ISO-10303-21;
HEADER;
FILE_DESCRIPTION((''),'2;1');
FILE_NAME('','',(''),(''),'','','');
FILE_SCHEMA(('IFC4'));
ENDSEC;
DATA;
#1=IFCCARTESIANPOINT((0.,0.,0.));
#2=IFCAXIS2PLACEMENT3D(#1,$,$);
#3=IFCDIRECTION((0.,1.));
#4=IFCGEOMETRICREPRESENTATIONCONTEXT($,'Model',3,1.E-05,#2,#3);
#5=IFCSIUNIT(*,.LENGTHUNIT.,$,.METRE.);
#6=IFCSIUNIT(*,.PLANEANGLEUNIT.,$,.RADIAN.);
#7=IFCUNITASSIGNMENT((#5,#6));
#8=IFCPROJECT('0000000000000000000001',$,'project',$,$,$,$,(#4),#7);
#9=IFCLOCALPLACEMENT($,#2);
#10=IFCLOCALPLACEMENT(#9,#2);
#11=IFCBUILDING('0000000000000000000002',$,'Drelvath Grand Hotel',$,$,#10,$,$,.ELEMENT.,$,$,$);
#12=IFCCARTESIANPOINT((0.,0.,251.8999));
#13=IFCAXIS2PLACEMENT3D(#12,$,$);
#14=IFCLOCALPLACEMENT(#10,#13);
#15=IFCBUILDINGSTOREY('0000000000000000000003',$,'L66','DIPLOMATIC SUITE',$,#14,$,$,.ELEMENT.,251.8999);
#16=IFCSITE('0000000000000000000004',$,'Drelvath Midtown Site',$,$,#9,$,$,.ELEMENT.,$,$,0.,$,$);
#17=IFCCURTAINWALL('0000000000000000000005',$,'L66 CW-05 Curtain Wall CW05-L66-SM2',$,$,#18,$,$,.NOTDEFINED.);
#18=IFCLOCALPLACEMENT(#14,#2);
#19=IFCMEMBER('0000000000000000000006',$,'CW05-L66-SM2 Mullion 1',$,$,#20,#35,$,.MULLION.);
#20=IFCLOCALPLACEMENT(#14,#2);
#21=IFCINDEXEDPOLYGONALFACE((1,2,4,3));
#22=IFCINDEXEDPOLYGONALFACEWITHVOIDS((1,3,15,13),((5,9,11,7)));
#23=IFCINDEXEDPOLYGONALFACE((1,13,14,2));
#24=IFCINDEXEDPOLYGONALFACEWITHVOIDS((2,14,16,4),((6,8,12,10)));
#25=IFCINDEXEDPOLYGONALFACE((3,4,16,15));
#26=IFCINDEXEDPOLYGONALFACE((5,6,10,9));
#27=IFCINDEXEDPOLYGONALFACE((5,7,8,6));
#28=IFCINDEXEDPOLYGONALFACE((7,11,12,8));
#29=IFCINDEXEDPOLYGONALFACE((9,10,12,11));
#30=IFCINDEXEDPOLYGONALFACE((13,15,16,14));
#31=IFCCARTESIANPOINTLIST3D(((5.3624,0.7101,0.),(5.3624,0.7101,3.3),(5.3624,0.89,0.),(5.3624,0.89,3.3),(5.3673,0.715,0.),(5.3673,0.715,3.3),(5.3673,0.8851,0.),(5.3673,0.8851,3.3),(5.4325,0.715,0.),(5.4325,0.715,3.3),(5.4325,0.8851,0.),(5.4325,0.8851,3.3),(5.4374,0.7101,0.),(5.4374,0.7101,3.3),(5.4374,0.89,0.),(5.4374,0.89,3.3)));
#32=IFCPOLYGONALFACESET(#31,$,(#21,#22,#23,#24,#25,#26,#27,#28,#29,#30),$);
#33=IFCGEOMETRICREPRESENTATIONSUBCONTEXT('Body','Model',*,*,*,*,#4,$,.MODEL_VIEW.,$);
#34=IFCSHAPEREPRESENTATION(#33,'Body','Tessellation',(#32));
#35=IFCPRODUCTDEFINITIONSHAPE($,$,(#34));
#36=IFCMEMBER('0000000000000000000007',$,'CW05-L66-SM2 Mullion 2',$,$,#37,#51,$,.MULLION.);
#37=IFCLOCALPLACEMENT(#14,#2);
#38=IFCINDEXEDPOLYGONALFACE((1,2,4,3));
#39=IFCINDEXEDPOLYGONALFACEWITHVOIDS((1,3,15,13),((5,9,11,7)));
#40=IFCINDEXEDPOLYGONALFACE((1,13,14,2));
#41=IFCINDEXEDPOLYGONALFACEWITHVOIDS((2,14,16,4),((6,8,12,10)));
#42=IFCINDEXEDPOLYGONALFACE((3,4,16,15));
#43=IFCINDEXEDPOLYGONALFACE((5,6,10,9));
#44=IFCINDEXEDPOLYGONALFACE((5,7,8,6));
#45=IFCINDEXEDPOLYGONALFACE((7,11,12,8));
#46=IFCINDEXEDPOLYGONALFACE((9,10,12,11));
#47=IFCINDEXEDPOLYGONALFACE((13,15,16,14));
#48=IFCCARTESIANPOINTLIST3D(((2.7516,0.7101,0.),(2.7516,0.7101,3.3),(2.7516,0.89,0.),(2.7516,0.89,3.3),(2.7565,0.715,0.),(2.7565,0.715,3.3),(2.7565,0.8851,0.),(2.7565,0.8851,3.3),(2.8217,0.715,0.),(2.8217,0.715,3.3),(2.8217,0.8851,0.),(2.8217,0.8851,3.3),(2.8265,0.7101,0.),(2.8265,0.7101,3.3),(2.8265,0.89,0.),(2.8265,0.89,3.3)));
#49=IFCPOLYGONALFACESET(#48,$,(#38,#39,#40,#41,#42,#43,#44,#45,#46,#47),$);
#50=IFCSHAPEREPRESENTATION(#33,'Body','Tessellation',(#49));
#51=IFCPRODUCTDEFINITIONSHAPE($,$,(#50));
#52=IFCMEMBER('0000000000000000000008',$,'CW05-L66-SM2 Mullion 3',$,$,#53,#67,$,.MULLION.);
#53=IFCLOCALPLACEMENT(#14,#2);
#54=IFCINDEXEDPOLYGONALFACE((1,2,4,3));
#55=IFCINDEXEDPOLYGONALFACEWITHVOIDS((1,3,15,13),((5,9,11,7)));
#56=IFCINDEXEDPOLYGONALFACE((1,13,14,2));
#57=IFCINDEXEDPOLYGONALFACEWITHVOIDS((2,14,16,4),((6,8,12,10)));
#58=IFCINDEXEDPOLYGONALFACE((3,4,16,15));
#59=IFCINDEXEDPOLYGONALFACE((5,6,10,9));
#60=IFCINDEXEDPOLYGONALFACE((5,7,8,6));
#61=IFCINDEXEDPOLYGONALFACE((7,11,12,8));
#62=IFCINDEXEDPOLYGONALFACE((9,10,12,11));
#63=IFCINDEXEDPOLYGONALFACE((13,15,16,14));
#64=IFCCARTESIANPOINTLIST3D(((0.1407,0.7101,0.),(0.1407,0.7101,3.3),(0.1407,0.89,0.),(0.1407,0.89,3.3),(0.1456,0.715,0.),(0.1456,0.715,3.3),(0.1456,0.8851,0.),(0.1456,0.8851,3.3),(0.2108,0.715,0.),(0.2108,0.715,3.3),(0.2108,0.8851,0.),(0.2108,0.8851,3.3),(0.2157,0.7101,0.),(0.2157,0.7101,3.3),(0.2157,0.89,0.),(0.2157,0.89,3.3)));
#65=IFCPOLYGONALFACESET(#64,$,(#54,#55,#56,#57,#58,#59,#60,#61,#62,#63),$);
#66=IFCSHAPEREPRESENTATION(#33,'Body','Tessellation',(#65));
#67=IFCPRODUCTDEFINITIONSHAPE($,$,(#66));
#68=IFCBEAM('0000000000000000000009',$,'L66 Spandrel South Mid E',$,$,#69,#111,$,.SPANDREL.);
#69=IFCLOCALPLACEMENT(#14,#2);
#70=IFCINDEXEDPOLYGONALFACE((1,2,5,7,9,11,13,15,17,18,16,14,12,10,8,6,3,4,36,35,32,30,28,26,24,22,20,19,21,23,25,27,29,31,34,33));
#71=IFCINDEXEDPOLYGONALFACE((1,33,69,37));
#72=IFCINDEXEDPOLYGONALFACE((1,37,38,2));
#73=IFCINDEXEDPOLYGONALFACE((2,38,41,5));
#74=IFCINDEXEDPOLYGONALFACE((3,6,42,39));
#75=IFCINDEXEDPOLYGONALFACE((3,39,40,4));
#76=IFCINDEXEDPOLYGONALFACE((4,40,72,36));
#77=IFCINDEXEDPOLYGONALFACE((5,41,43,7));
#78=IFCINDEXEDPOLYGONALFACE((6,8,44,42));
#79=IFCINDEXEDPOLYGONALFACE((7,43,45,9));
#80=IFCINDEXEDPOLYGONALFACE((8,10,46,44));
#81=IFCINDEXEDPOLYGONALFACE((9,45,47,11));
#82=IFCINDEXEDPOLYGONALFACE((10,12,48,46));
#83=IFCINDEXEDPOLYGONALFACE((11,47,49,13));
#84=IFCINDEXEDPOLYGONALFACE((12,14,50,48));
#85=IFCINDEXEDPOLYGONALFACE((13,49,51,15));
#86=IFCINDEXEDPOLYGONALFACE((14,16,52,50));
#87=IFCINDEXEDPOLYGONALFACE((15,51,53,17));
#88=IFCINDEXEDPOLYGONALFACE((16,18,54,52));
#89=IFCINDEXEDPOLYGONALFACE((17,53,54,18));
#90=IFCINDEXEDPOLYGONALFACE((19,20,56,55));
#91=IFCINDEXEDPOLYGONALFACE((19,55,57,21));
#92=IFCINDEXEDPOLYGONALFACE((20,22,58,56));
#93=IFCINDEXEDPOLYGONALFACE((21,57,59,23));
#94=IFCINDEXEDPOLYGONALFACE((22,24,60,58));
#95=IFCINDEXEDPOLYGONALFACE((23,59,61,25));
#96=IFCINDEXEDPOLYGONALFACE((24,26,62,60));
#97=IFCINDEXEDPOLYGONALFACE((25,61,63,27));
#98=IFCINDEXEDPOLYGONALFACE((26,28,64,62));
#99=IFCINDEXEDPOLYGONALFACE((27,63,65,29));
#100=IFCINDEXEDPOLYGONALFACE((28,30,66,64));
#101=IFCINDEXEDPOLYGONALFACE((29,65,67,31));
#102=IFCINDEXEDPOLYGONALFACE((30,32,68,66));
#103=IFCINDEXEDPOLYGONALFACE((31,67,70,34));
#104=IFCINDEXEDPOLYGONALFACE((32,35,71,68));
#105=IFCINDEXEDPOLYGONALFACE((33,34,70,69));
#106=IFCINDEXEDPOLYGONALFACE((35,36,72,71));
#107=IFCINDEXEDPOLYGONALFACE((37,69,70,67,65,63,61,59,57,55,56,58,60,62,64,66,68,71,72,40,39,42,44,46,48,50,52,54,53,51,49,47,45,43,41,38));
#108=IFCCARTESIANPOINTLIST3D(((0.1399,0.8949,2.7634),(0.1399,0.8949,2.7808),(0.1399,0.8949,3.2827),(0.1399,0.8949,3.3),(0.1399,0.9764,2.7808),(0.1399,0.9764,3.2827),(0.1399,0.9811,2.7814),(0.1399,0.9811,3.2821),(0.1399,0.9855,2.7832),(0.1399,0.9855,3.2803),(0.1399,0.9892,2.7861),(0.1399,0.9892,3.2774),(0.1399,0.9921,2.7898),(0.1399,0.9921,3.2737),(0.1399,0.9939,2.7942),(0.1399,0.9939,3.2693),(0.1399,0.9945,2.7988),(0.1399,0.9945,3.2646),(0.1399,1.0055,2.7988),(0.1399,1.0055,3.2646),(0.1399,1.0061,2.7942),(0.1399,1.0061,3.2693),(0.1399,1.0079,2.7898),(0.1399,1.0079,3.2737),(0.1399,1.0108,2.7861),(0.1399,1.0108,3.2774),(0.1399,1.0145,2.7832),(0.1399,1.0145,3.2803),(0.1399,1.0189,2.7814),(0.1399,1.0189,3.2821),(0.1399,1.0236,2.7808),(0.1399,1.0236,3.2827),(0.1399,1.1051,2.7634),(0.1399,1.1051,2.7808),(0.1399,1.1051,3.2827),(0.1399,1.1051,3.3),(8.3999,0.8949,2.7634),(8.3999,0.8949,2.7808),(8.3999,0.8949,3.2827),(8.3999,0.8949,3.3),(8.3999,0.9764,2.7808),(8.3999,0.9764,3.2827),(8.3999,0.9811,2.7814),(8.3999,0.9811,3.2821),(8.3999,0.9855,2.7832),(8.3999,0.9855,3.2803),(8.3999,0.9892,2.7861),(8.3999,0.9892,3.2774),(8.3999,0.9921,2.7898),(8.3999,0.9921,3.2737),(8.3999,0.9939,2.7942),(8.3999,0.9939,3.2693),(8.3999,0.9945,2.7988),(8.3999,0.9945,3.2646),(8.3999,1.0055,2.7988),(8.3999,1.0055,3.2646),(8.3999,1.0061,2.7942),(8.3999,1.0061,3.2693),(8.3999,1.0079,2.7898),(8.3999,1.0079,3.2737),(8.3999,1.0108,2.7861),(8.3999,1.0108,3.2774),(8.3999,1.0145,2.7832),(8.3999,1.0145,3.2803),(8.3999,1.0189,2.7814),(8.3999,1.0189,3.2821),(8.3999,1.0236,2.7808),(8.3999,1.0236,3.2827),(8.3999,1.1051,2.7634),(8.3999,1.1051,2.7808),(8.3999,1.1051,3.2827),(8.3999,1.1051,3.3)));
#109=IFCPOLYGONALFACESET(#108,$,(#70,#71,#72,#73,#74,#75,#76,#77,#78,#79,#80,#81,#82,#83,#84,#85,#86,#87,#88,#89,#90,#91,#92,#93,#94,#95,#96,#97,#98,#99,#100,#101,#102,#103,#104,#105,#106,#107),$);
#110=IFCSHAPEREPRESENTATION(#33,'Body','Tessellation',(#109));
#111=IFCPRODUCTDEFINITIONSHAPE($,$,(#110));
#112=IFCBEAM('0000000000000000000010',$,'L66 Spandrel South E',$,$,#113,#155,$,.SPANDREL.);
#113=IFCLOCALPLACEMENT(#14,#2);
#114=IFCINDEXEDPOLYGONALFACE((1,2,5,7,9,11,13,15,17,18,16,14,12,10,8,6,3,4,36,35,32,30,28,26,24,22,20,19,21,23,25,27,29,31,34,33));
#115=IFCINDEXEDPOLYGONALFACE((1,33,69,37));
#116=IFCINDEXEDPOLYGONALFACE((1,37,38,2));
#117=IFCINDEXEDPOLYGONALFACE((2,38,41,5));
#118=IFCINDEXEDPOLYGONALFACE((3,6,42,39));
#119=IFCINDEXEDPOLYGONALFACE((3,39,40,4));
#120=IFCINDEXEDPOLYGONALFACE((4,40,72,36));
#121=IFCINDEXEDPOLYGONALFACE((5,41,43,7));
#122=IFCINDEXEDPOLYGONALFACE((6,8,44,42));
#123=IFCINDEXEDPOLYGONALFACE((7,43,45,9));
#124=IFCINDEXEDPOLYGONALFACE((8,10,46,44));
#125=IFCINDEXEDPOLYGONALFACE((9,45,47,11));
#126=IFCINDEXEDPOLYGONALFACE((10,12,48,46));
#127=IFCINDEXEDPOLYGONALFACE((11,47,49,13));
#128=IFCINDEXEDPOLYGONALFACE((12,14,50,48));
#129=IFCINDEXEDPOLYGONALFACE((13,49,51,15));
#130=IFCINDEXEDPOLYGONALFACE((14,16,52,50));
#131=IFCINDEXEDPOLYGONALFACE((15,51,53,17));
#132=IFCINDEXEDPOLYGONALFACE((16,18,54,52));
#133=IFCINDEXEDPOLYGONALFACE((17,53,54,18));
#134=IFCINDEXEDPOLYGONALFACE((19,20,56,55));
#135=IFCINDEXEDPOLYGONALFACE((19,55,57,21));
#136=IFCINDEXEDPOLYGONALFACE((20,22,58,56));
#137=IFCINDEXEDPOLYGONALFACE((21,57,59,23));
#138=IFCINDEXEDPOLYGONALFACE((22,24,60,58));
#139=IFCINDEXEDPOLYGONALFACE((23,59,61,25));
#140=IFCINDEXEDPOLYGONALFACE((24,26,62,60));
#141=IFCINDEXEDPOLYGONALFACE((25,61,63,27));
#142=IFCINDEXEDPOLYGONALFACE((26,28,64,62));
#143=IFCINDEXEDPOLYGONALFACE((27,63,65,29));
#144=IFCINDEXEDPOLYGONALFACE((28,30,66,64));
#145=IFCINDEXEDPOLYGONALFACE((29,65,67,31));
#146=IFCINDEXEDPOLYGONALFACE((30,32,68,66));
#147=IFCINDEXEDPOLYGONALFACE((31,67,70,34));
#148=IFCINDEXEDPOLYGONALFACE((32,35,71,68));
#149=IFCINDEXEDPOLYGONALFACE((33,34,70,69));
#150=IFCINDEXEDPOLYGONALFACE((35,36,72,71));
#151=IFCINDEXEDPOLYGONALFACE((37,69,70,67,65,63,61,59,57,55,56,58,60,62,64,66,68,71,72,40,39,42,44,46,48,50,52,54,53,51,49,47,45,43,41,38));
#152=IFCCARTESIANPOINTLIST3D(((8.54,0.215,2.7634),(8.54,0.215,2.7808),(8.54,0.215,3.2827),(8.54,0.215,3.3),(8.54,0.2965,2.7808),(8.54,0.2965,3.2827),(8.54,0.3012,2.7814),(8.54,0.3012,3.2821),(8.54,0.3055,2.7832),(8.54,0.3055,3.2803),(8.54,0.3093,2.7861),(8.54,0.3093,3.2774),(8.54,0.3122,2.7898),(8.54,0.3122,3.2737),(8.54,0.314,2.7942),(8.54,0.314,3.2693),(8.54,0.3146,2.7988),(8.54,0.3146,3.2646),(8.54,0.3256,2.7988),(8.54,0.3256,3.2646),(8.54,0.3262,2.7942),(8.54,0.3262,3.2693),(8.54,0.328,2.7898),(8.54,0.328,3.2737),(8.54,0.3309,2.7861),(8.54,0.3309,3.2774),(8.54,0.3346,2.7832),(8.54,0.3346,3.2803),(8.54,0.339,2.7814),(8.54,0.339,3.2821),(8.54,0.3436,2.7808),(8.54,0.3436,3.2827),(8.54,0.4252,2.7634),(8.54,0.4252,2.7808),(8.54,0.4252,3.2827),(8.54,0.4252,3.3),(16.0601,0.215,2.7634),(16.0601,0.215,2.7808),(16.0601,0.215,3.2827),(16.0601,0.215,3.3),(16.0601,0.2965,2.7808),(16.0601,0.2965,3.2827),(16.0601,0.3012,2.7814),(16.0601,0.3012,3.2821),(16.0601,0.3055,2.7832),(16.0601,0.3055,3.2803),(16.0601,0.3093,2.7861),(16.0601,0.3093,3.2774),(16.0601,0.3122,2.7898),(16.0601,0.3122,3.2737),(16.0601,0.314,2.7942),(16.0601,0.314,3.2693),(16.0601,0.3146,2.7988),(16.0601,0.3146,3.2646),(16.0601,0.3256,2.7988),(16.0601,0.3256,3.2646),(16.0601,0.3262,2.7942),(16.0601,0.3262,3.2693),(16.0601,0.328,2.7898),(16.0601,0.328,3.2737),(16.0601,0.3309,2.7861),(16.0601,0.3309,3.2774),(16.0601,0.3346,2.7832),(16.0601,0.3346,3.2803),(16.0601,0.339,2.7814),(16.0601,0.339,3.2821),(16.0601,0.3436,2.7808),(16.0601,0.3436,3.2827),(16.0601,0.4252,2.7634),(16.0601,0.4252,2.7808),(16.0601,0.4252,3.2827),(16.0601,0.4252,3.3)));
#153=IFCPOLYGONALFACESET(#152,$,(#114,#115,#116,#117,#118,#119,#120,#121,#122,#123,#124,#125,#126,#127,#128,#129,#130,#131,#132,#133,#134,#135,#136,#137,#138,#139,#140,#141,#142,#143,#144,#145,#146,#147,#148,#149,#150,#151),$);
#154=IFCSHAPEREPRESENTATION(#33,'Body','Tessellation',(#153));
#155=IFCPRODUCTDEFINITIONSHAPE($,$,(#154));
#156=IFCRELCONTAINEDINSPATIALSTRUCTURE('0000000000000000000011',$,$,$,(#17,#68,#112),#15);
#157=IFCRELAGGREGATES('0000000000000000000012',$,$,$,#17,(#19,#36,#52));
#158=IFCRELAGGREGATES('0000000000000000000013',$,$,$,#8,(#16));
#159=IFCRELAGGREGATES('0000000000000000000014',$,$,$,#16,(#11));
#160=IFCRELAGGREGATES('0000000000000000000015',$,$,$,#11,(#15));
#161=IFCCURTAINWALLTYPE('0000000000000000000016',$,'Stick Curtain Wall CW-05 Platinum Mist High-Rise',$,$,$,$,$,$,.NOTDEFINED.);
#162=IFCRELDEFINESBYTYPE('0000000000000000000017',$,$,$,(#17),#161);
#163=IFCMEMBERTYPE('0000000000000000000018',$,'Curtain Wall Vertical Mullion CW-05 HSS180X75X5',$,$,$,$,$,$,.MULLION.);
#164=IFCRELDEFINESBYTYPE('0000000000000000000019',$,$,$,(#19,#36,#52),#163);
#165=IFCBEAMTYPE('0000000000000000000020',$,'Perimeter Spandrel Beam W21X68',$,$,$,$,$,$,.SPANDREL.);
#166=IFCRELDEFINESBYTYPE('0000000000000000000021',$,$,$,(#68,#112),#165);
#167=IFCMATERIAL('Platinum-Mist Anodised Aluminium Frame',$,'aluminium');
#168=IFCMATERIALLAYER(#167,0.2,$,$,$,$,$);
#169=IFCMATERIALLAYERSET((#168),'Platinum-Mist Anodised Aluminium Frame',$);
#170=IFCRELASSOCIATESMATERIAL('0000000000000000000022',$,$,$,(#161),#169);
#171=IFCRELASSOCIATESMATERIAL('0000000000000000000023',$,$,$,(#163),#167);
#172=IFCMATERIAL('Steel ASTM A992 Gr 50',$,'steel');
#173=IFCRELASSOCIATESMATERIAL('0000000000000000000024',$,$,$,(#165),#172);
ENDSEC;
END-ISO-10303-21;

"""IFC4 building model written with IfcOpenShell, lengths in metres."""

from ifc_helpers import new_model, si_unit, direction, frame, origin, origin_2d, place, context, subcontext, project, spatial, hollow_rectangle, i_section, extrude, material, layer, layer_set, material_profile, profile_set, type_object, element, aggregate, save


model = new_model("IFC4")

# Units and contexts
model_context = context("Model", 3, precision=1e-05, world=origin(), true_north=direction((0.0, 1.0)))
body_context = subcontext(model_context, "Body", "Model", "MODEL_VIEW")
ifc_project = project(units=[si_unit("LENGTHUNIT", "METRE"), si_unit("PLANEANGLEUNIT", "RADIAN")], contexts=[model_context])

# Site, building, storey
site_placement = place(None, origin())
site = spatial("IfcSite", under=ifc_project, at=site_placement, Name="Drelvath Midtown Site", CompositionType="ELEMENT", RefElevation=0.0)
building_placement = place(site_placement, origin())
building = spatial("IfcBuilding", under=site, at=building_placement, Name="Drelvath Grand Hotel", CompositionType="ELEMENT")
storey_placement = place(building_placement, frame((0.0, 0.0, 251.8999)))
storey = spatial("IfcBuildingStorey", under=building, at=storey_placement, Name="L66", Description="DIPLOMATIC SUITE", CompositionType="ELEMENT", Elevation=251.8999)

# Curtain wall
ifc_material_1 = material(Name="Platinum-Mist Anodised Aluminium Frame", Category="aluminium")
ifc_layer_1 = layer(ifc_material_1, 0.2)
ifc_layer_set_1 = layer_set([ifc_layer_1], Name="Platinum-Mist Anodised Aluminium Frame")
curtain_wall_type = type_object("IfcCurtainWallType", Name="Stick Curtain Wall CW-05 Platinum Mist High-Rise", PredefinedType="NOTDEFINED", material=ifc_layer_set_1)
curtain_wall_1_placement = place(storey_placement, origin())
curtain_wall_1 = element("IfcCurtainWall", 1, at=curtain_wall_1_placement, inside=storey, type_object=curtain_wall_type, Name="L66 CW-05 Curtain Wall CW05-L66-SM2", PredefinedType="NOTDEFINED")

# Shared definitions
ifc_material_profile_1 = material_profile(ifc_material_1, hollow_rectangle(XDim=0.075, YDim=0.1799, WallThickness=0.0049, at=origin_2d()), Name="HSS180X75X5")
ifc_profile_set_1 = profile_set([ifc_material_profile_1], Name="Platinum-Mist Anodised Aluminium Frame")
member_type_1 = type_object("IfcMemberType", Name="Curtain Wall Vertical Mullion CW-05 HSS180X75X5", PredefinedType="MULLION", material=ifc_profile_set_1)

# Members
member_1_placement = place(storey_placement, frame((5.3999, 0.8, 0.0), z_axis=(0.0, 0.0, 1.0), x_axis=(1.0, 0.0, 0.0)))
member_1 = element("IfcMember", 2, at=member_1_placement, type_object=member_type_1, Name="CW05-L66-SM2 Mullion 1", PredefinedType="MULLION", context=body_context, shape_type="SweptSolid", body=[
    extrude(hollow_rectangle(XDim=0.075, YDim=0.1799, WallThickness=0.0049, at=origin_2d()), origin(), (0.0, 0.0, 1.0), 3.3),
])
member_2_placement = place(storey_placement, frame((2.7891, 0.8, 0.0), z_axis=(0.0, 0.0, 1.0), x_axis=(1.0, 0.0, 0.0)))
member_2 = element("IfcMember", 3, at=member_2_placement, type_object=member_type_1, Name="CW05-L66-SM2 Mullion 2", PredefinedType="MULLION", context=body_context, shape_type="SweptSolid", body=[
    extrude(hollow_rectangle(XDim=0.075, YDim=0.1799, WallThickness=0.0049, at=origin_2d()), origin(), (0.0, 0.0, 1.0), 3.3),
])
member_3_placement = place(storey_placement, frame((0.1782, 0.8, 0.0), z_axis=(0.0, 0.0, 1.0), x_axis=(1.0, 0.0, 0.0)))
member_3 = element("IfcMember", 4, at=member_3_placement, type_object=member_type_1, Name="CW05-L66-SM2 Mullion 3", PredefinedType="MULLION", context=body_context, shape_type="SweptSolid", body=[
    extrude(hollow_rectangle(XDim=0.075, YDim=0.1799, WallThickness=0.0049, at=origin_2d()), origin(), (0.0, 0.0, 1.0), 3.3),
])

# Beams
ifc_material_2 = material(Name="Steel ASTM A992 Gr 50", Category="steel")
ifc_material_profile_2 = material_profile(ifc_material_2, i_section(OverallWidth=0.2102, OverallDepth=0.5366, WebThickness=0.011, FlangeThickness=0.0173, FilletRadius=0.0181, at=origin_2d()), Name="W21X68")
ifc_profile_set_2 = profile_set([ifc_material_profile_2], Name="Steel ASTM A992 Gr 50")
beam_type_1 = type_object("IfcBeamType", Name="Perimeter Spandrel Beam W21X68", PredefinedType="SPANDREL", material=ifc_profile_set_2)
beam_1_placement = place(storey_placement, frame((0.1399, 1.0, 3.0317), z_axis=(1.0, 0.0, 0.0), x_axis=(0.0, 1.0, 0.0)))
element("IfcBeam", 5, at=beam_1_placement, inside=storey, type_object=beam_type_1, Name="L66 Spandrel South Mid E", PredefinedType="SPANDREL", context=body_context, shape_type="SweptSolid", body=[
    extrude(i_section(OverallWidth=0.2102, OverallDepth=0.5366, WebThickness=0.011, FlangeThickness=0.0173, FilletRadius=0.0181, at=origin_2d()), origin(), (0.0, 0.0, 1.0), 8.26),
])
beam_2_placement = place(storey_placement, frame((8.54, 0.3201, 3.0317), z_axis=(1.0, 0.0, 0.0), x_axis=(0.0, 1.0, 0.0)))
element("IfcBeam", 6, at=beam_2_placement, inside=storey, type_object=beam_type_1, Name="L66 Spandrel South E", PredefinedType="SPANDREL", context=body_context, shape_type="SweptSolid", body=[
    extrude(i_section(OverallWidth=0.2102, OverallDepth=0.5366, WebThickness=0.011, FlangeThickness=0.0173, FilletRadius=0.0181, at=origin_2d()), origin(), (0.0, 0.0, 1.0), 7.52),
])

aggregate(curtain_wall_1, [member_1, member_2, member_3])

save(model, "model.ifc")
